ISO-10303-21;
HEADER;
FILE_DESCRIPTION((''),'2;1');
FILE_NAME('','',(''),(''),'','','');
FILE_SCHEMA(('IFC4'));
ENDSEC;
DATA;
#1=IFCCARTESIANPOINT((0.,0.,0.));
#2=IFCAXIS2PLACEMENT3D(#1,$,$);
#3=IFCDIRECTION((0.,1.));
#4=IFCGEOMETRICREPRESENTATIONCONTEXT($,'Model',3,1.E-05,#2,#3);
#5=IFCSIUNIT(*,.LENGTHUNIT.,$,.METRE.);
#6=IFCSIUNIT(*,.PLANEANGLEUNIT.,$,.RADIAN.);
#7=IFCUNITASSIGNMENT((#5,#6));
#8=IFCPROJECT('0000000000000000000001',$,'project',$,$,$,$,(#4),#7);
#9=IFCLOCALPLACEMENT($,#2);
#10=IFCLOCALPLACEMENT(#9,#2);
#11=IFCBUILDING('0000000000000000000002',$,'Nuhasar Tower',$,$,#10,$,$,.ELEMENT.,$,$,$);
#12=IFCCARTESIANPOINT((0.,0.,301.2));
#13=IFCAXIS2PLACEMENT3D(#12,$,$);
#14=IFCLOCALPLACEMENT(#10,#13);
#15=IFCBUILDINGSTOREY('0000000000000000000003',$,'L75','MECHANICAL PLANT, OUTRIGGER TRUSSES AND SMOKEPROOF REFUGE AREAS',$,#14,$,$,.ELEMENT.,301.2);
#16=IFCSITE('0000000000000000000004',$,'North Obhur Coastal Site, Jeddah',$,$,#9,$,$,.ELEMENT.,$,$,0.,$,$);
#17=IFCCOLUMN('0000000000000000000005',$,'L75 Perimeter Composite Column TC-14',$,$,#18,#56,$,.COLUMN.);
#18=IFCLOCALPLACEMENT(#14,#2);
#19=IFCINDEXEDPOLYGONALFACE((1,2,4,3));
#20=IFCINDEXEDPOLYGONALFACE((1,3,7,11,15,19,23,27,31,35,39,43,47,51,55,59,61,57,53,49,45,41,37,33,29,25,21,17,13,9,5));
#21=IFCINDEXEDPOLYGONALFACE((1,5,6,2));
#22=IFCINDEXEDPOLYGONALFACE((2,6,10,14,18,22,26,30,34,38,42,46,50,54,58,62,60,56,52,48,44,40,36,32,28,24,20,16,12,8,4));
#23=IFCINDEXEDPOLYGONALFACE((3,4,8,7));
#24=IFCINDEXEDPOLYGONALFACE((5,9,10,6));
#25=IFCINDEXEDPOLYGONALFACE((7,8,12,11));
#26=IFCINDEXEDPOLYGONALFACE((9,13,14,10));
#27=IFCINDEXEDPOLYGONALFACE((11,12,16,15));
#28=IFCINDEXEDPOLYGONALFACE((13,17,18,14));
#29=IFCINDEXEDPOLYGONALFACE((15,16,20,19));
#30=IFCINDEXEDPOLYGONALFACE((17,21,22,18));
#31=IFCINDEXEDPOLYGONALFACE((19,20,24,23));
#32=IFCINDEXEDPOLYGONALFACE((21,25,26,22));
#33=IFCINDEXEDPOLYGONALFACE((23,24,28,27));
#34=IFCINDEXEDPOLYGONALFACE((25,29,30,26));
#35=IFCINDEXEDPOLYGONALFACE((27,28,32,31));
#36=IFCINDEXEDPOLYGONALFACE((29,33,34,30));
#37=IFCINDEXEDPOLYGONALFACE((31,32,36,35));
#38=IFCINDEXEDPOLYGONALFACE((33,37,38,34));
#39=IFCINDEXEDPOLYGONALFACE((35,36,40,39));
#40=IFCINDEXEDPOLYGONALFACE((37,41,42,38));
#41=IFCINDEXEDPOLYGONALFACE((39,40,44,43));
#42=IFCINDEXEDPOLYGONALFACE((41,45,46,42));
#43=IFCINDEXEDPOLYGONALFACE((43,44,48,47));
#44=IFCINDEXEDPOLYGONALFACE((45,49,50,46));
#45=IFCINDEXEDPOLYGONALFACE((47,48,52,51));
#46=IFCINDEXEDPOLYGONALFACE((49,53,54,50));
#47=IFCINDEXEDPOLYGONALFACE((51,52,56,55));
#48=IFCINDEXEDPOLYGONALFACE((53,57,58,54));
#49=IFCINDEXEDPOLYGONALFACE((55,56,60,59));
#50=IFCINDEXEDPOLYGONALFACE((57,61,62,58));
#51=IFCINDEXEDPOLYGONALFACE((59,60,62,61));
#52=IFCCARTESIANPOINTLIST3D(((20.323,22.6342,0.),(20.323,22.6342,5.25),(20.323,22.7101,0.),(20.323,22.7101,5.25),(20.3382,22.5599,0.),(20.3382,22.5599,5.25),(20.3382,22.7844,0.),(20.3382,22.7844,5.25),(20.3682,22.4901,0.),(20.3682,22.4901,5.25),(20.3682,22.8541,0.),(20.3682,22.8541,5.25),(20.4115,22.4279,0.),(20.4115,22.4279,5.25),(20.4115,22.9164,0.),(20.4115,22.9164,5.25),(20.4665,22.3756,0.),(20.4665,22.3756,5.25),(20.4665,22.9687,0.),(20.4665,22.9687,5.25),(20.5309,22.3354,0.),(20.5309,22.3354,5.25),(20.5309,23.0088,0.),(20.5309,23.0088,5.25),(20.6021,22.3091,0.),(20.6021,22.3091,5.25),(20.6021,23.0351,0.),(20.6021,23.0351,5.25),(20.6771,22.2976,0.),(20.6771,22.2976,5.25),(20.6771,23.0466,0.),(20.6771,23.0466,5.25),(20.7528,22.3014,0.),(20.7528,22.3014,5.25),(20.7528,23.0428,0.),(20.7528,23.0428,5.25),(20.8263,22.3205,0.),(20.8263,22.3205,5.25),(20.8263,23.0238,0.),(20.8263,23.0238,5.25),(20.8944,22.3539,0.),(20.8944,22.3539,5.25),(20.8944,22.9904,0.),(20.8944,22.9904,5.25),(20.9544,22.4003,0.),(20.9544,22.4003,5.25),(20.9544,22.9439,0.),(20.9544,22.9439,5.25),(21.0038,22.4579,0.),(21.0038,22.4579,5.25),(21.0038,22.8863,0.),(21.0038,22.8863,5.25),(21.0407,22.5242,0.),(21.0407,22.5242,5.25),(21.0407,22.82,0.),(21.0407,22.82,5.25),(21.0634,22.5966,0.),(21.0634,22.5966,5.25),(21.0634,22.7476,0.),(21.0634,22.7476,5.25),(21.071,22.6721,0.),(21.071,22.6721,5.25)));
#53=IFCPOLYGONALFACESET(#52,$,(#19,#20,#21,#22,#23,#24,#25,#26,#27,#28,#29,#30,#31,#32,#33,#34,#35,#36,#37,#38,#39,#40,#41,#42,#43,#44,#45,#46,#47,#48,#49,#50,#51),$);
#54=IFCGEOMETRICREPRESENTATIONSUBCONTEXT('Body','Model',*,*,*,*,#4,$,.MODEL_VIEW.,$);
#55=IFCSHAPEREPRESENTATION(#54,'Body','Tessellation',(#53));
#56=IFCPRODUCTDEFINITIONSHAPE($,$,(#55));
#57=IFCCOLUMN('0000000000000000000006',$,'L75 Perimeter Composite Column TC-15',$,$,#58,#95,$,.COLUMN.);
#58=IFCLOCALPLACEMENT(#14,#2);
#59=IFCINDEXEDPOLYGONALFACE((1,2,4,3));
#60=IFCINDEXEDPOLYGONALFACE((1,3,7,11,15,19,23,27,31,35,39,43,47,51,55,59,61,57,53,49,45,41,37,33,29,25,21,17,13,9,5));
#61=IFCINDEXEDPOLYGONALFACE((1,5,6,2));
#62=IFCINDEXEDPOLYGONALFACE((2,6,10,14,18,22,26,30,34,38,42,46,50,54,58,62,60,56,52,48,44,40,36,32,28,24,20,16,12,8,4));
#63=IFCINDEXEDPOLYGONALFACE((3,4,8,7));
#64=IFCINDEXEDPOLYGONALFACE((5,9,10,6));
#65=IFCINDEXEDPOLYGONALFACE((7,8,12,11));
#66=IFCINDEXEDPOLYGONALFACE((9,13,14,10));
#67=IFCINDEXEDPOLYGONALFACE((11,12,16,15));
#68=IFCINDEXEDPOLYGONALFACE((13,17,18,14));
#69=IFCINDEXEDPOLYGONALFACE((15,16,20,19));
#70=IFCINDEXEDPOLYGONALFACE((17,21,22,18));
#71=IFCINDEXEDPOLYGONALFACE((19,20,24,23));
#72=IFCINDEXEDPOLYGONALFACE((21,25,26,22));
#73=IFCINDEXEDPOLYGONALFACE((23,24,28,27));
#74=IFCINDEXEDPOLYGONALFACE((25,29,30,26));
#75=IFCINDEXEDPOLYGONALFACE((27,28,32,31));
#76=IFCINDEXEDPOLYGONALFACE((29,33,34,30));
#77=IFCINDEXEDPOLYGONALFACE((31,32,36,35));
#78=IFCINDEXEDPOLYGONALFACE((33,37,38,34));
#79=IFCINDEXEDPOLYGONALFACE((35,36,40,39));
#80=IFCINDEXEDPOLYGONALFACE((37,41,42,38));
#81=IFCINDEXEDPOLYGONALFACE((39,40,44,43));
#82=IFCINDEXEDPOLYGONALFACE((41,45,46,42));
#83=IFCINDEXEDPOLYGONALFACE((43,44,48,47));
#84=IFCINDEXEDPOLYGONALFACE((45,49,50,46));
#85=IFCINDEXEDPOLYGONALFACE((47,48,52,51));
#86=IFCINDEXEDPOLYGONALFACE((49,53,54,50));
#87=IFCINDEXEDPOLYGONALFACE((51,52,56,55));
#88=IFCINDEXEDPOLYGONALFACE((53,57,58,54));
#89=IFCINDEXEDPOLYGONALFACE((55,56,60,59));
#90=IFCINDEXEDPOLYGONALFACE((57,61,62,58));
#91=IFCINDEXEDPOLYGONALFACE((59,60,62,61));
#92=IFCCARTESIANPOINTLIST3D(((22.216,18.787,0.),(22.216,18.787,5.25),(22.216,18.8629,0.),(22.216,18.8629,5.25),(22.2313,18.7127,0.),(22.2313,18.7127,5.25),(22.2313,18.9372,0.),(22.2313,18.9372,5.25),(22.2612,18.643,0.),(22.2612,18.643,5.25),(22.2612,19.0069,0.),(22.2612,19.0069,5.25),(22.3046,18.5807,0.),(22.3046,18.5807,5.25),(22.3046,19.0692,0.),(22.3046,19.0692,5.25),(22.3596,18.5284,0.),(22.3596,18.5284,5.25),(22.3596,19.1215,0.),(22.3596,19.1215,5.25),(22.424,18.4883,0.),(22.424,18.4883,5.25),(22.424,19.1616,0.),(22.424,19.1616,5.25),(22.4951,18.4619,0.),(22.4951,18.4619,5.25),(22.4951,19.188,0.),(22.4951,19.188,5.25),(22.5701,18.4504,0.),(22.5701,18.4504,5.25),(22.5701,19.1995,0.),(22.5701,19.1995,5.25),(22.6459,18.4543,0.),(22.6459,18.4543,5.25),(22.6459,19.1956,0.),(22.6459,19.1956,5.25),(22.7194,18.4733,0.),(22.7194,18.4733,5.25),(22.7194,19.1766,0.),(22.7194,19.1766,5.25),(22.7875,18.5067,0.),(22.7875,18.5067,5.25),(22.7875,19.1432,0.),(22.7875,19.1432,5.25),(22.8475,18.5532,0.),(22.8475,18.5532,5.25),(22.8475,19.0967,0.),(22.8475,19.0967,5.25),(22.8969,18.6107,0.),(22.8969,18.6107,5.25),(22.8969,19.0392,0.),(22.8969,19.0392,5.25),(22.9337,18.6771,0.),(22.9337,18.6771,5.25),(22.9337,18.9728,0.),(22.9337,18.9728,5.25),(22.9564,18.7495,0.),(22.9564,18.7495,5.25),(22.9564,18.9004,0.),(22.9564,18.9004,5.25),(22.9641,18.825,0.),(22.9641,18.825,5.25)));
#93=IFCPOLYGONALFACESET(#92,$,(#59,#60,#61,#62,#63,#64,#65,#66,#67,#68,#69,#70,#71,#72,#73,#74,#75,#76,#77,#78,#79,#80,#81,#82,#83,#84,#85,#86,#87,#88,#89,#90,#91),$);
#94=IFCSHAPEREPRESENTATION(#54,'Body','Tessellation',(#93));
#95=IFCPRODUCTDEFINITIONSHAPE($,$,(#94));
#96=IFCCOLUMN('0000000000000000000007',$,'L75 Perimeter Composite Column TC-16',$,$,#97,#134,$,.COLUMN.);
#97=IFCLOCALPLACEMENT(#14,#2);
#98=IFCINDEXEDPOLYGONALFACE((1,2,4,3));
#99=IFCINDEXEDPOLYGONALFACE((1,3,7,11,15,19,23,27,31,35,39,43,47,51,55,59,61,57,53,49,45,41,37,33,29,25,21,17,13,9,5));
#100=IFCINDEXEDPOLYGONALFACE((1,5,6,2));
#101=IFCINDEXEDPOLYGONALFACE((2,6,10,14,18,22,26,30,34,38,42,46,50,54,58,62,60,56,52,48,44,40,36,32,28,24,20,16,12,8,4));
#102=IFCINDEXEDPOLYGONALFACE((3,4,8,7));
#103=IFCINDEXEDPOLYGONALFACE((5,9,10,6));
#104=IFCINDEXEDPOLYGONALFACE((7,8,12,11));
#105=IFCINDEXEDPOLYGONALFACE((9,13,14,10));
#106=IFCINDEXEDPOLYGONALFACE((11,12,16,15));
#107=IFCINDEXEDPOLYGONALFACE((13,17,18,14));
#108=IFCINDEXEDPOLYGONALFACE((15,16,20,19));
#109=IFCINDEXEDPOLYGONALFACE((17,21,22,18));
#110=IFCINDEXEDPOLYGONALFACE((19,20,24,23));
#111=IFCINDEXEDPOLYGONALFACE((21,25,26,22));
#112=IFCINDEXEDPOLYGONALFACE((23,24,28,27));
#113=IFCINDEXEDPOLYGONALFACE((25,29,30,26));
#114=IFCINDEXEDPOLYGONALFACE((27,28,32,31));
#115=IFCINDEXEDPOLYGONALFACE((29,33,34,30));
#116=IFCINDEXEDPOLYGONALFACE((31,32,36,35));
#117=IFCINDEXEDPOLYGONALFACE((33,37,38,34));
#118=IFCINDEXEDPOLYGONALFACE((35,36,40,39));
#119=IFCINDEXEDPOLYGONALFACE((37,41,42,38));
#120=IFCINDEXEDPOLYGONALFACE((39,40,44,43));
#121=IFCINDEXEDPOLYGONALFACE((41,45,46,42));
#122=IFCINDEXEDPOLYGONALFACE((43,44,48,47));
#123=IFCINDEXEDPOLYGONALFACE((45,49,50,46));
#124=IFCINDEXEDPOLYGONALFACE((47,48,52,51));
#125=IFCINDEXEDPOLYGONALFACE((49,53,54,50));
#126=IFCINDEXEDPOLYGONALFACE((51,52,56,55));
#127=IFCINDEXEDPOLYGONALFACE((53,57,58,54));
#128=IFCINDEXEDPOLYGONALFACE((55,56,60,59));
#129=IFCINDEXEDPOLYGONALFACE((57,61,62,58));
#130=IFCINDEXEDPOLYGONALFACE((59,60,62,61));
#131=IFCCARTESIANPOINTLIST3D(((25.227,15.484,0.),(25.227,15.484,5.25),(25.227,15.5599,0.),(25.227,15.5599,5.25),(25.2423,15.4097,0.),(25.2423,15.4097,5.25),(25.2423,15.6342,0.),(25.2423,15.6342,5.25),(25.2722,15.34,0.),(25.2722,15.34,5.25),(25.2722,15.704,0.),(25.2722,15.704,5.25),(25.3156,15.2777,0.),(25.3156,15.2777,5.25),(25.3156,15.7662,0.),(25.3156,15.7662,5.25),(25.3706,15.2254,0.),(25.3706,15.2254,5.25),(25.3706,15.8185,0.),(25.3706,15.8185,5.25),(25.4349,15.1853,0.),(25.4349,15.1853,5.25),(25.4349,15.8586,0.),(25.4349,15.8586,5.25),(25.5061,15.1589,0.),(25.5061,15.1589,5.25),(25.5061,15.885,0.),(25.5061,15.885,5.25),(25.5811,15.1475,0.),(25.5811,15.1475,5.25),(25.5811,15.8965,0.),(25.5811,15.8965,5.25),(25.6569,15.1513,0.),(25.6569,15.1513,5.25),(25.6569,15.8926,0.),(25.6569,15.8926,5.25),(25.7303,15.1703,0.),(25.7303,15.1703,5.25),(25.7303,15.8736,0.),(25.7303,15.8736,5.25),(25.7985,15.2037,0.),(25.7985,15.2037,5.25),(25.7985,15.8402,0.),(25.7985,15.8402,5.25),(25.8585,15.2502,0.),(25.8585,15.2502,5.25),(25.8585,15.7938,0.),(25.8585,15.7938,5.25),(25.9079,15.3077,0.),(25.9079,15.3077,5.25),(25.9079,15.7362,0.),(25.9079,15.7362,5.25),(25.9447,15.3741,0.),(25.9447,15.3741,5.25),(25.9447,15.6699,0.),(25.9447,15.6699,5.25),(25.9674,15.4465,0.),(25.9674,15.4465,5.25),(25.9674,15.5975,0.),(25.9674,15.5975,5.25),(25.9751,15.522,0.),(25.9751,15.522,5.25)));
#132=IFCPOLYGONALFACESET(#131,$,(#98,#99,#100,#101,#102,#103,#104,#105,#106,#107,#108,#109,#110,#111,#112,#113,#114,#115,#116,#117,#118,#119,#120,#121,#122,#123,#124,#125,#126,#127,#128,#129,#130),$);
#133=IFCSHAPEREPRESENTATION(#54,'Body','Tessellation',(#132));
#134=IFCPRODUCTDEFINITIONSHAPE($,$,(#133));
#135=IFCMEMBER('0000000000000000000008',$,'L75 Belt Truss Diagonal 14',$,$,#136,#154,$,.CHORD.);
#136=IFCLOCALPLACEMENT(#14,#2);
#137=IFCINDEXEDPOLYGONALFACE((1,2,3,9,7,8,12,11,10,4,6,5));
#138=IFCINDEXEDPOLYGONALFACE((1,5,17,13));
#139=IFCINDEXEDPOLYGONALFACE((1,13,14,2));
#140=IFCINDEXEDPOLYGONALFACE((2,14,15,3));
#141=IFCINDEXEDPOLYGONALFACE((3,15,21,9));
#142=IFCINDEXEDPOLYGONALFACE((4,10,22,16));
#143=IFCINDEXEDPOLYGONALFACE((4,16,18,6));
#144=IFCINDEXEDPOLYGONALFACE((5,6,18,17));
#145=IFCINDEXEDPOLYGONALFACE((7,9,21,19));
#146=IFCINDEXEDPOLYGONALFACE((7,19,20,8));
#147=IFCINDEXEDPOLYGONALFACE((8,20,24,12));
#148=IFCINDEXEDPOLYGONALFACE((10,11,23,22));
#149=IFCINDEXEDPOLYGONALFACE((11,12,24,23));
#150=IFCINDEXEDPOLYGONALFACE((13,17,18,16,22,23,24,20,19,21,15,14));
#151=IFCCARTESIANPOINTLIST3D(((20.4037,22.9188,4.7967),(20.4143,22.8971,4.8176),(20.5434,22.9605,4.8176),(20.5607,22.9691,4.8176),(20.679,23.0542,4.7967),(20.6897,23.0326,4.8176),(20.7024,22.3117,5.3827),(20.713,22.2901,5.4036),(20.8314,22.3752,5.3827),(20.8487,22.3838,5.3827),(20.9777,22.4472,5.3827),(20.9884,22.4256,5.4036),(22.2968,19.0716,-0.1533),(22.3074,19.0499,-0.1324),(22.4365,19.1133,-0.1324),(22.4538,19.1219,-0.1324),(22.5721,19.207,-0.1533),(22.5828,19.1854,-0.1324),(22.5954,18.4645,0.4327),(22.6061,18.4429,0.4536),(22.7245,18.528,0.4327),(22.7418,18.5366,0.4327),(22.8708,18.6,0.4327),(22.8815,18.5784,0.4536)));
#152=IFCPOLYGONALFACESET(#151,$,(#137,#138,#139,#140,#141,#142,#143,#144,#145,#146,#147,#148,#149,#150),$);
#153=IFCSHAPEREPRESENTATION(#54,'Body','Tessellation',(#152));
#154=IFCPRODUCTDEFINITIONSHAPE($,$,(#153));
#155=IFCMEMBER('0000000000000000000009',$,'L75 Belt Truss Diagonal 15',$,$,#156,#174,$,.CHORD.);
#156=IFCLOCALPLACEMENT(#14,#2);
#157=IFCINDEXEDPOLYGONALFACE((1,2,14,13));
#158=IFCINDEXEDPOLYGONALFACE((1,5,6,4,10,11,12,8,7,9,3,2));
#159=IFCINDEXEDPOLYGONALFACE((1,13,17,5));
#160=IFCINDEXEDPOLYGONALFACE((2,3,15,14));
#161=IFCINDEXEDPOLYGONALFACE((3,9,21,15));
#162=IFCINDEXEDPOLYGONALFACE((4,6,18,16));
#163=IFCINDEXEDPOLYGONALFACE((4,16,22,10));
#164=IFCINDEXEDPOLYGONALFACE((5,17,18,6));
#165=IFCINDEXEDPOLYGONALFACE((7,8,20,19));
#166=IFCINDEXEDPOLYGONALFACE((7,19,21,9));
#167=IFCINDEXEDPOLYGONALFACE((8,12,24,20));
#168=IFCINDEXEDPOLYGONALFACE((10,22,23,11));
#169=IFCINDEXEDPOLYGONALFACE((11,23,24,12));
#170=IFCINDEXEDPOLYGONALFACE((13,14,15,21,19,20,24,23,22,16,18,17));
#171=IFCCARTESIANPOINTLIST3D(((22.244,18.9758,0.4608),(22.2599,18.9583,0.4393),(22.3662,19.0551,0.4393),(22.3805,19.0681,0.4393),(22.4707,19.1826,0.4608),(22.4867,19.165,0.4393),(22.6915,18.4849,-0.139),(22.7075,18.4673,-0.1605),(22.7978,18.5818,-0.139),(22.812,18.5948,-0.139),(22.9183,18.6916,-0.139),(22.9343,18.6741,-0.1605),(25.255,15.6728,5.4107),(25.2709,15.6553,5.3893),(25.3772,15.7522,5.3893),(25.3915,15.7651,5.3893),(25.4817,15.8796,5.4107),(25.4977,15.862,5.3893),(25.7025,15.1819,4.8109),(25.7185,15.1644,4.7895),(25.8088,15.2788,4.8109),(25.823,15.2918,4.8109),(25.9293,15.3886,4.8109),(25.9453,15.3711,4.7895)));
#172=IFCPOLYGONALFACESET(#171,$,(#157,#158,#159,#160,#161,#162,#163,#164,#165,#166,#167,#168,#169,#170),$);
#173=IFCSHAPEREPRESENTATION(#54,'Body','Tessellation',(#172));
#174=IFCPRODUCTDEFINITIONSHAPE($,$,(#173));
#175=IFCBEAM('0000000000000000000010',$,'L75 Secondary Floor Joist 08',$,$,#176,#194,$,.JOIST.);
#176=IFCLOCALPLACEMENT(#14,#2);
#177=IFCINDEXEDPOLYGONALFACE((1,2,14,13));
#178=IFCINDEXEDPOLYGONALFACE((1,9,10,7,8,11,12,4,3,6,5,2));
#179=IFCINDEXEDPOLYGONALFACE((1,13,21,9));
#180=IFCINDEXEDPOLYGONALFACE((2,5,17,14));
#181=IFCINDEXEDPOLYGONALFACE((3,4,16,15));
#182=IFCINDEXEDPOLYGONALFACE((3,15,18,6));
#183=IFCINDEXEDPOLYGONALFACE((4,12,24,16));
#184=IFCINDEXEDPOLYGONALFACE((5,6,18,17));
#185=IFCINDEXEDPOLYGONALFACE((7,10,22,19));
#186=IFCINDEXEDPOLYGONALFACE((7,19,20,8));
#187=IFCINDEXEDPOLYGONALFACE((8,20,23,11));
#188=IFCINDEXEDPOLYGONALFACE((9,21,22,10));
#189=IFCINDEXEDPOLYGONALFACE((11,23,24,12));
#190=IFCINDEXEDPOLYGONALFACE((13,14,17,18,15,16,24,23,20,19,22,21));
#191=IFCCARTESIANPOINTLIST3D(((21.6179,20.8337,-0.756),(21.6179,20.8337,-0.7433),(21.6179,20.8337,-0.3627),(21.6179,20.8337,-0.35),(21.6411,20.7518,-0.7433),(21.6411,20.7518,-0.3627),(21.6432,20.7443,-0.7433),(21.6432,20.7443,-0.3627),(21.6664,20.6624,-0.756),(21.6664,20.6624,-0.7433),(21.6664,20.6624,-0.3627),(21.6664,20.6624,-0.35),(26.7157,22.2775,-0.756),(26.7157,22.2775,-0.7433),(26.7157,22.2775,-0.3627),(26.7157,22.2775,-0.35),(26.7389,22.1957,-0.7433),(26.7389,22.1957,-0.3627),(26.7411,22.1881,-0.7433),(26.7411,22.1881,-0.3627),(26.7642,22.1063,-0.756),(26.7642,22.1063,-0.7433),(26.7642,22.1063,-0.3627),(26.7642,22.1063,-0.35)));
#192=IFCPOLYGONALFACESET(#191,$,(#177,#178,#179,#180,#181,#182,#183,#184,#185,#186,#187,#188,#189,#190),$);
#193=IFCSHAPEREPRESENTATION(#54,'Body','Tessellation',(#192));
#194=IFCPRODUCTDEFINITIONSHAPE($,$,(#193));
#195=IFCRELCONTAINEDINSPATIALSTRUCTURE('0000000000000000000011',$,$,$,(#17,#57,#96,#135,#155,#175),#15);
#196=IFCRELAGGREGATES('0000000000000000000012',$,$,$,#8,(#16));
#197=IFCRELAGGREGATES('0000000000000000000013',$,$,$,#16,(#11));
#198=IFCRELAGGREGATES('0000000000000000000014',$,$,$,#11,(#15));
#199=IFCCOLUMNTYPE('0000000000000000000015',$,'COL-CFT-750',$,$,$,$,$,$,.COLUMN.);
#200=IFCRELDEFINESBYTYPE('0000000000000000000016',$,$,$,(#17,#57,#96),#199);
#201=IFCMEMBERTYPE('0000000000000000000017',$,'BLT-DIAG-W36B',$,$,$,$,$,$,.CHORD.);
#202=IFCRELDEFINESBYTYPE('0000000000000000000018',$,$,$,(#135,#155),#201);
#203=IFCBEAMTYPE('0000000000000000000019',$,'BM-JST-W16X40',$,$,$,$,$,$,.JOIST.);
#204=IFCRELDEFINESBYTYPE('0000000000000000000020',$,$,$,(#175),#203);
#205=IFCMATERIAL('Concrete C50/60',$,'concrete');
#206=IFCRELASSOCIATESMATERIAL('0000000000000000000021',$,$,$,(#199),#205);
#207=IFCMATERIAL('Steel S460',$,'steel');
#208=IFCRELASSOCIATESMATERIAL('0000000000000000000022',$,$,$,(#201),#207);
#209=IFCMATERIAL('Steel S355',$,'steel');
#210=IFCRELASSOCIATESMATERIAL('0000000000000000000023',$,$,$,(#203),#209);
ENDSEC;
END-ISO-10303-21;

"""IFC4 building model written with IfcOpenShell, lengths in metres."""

from ifc_helpers import new_model, si_unit, direction, frame, origin, origin_2d, place, context, subcontext, project, spatial, circle, i_section, extrude, material, material_profile, profile_set, type_object, element, save


model = new_model("IFC4")

# Units and contexts
model_context = context("Model", 3, precision=1e-05, world=origin(), true_north=direction((0.0, 1.0)))
body_context = subcontext(model_context, "Body", "Model", "MODEL_VIEW")
ifc_project = project(units=[si_unit("LENGTHUNIT", "METRE"), si_unit("PLANEANGLEUNIT", "RADIAN")], contexts=[model_context])

# Site, building, storey
site_placement = place(None, origin())
site = spatial("IfcSite", under=ifc_project, at=site_placement, Name="North Obhur Coastal Site, Jeddah", CompositionType="ELEMENT", RefElevation=0.0)
building_placement = place(site_placement, origin())
building = spatial("IfcBuilding", under=site, at=building_placement, Name="Nuhasar Tower", CompositionType="ELEMENT")
storey_placement = place(building_placement, frame((0.0, 0.0, 301.2)))
storey = spatial("IfcBuildingStorey", under=building, at=storey_placement, Name="L75", Description="MECHANICAL PLANT, OUTRIGGER TRUSSES AND SMOKEPROOF REFUGE AREAS", CompositionType="ELEMENT", Elevation=301.2)

# Columns
ifc_material_1 = material(Name="Concrete C50/60", Category="concrete")
ifc_material_profile_1 = material_profile(ifc_material_1, circle(Radius=0.375, at=origin_2d()), Name="CFT750")
ifc_profile_set_1 = profile_set([ifc_material_profile_1], Name="Concrete C50/60")
column_type = type_object("IfcColumnType", Name="COL-CFT-750", PredefinedType="COLUMN", material=ifc_profile_set_1)
for number, where, z_axis, x_axis, name in (
    (1, (20.696, 22.6721, 0.0), (0.0, 0.0, 1.0), (1.0, 0.0, 0.0), "L75 Perimeter Composite Column TC-14"),
    (2, (22.5891, 18.825, 0.0), (0.0, 0.0, 1.0), (1.0, 0.0, 0.0), "L75 Perimeter Composite Column TC-15"),
    (3, (25.6001, 15.522, 0.0), (0.0, 0.0, 1.0), (1.0, 0.0, 0.0), "L75 Perimeter Composite Column TC-16"),
):
    element("IfcColumn", number, at=place(storey_placement, frame(where, z_axis=z_axis, x_axis=x_axis)), inside=storey, type_object=column_type, Name=name, PredefinedType="COLUMN", context=body_context, shape_type="SweptSolid", body=[
        extrude(circle(Radius=0.375, at=origin_2d()), origin(), (0.0, 0.0, 1.0), 5.25),
    ])

# Members
ifc_material_2 = material(Name="Steel S460", Category="steel")
ifc_material_profile_2 = material_profile(ifc_material_2, i_section(OverallWidth=0.3069, OverallDepth=0.927, WebThickness=0.0193, FlangeThickness=0.032, at=origin_2d()), Name="W36X194")
ifc_profile_set_2 = profile_set([ifc_material_profile_2], Name="Steel S460")
member_type_1 = type_object("IfcMemberType", Name="BLT-DIAG-W36B", PredefinedType="CHORD", material=ifc_profile_set_2)
member_1_placement = place(storey_placement, frame((22.5891, 18.825, 0.1501), z_axis=(-0.289072, 0.587464, 0.755859), x_axis=(-0.897256, -0.441511, 0.0)))
element("IfcMember", 4, at=member_1_placement, inside=storey, type_object=member_type_1, Name="L75 Belt Truss Diagonal 14", PredefinedType="CHORD", context=body_context, shape_type="SweptSolid", body=[
    extrude(i_section(OverallWidth=0.3069, OverallDepth=0.927, WebThickness=0.0193, FlangeThickness=0.032, at=origin_2d()), origin(), (0.0, 0.0, 1.0), 6.5488),
])
member_2_placement = place(storey_placement, frame((22.5891, 18.825, 0.1501), z_axis=(0.451479, -0.495261, 0.742215), x_axis=(0.739017, 0.673686, 0.0)))
element("IfcMember", 5, at=member_2_placement, inside=storey, type_object=member_type_1, Name="L75 Belt Truss Diagonal 15", PredefinedType="CHORD", context=body_context, shape_type="SweptSolid", body=[
    extrude(i_section(OverallWidth=0.3069, OverallDepth=0.927, WebThickness=0.0193, FlangeThickness=0.032, at=origin_2d()), origin(), (0.0, 0.0, 1.0), 6.6692),
])

# Beam
ifc_material_3 = material(Name="Steel S355", Category="steel")
ifc_material_profile_3 = material_profile(ifc_material_3, i_section(OverallWidth=0.178, OverallDepth=0.406, WebThickness=0.0078, FlangeThickness=0.0127, at=origin_2d()), Name="W16X40")
ifc_profile_set_3 = profile_set([ifc_material_profile_3], Name="Steel S355")
beam_type_1 = type_object("IfcBeamType", Name="BM-JST-W16X40", PredefinedType="JOIST", material=ifc_profile_set_3)
beam_1_placement = place(storey_placement, frame((26.74, 22.1919, -0.553), z_axis=(-0.962154, -0.272505, 0.0), x_axis=(0.272505, -0.962154, 0.0)))
element("IfcBeam", 6, at=beam_1_placement, inside=storey, type_object=beam_type_1, Name="L75 Secondary Floor Joist 08", PredefinedType="JOIST", context=body_context, shape_type="SweptSolid", body=[
    extrude(i_section(OverallWidth=0.178, OverallDepth=0.406, WebThickness=0.0078, FlangeThickness=0.0127, at=origin_2d()), origin(), (0.0, 0.0, 1.0), 5.2983),
])

save(model, "model.ifc")
